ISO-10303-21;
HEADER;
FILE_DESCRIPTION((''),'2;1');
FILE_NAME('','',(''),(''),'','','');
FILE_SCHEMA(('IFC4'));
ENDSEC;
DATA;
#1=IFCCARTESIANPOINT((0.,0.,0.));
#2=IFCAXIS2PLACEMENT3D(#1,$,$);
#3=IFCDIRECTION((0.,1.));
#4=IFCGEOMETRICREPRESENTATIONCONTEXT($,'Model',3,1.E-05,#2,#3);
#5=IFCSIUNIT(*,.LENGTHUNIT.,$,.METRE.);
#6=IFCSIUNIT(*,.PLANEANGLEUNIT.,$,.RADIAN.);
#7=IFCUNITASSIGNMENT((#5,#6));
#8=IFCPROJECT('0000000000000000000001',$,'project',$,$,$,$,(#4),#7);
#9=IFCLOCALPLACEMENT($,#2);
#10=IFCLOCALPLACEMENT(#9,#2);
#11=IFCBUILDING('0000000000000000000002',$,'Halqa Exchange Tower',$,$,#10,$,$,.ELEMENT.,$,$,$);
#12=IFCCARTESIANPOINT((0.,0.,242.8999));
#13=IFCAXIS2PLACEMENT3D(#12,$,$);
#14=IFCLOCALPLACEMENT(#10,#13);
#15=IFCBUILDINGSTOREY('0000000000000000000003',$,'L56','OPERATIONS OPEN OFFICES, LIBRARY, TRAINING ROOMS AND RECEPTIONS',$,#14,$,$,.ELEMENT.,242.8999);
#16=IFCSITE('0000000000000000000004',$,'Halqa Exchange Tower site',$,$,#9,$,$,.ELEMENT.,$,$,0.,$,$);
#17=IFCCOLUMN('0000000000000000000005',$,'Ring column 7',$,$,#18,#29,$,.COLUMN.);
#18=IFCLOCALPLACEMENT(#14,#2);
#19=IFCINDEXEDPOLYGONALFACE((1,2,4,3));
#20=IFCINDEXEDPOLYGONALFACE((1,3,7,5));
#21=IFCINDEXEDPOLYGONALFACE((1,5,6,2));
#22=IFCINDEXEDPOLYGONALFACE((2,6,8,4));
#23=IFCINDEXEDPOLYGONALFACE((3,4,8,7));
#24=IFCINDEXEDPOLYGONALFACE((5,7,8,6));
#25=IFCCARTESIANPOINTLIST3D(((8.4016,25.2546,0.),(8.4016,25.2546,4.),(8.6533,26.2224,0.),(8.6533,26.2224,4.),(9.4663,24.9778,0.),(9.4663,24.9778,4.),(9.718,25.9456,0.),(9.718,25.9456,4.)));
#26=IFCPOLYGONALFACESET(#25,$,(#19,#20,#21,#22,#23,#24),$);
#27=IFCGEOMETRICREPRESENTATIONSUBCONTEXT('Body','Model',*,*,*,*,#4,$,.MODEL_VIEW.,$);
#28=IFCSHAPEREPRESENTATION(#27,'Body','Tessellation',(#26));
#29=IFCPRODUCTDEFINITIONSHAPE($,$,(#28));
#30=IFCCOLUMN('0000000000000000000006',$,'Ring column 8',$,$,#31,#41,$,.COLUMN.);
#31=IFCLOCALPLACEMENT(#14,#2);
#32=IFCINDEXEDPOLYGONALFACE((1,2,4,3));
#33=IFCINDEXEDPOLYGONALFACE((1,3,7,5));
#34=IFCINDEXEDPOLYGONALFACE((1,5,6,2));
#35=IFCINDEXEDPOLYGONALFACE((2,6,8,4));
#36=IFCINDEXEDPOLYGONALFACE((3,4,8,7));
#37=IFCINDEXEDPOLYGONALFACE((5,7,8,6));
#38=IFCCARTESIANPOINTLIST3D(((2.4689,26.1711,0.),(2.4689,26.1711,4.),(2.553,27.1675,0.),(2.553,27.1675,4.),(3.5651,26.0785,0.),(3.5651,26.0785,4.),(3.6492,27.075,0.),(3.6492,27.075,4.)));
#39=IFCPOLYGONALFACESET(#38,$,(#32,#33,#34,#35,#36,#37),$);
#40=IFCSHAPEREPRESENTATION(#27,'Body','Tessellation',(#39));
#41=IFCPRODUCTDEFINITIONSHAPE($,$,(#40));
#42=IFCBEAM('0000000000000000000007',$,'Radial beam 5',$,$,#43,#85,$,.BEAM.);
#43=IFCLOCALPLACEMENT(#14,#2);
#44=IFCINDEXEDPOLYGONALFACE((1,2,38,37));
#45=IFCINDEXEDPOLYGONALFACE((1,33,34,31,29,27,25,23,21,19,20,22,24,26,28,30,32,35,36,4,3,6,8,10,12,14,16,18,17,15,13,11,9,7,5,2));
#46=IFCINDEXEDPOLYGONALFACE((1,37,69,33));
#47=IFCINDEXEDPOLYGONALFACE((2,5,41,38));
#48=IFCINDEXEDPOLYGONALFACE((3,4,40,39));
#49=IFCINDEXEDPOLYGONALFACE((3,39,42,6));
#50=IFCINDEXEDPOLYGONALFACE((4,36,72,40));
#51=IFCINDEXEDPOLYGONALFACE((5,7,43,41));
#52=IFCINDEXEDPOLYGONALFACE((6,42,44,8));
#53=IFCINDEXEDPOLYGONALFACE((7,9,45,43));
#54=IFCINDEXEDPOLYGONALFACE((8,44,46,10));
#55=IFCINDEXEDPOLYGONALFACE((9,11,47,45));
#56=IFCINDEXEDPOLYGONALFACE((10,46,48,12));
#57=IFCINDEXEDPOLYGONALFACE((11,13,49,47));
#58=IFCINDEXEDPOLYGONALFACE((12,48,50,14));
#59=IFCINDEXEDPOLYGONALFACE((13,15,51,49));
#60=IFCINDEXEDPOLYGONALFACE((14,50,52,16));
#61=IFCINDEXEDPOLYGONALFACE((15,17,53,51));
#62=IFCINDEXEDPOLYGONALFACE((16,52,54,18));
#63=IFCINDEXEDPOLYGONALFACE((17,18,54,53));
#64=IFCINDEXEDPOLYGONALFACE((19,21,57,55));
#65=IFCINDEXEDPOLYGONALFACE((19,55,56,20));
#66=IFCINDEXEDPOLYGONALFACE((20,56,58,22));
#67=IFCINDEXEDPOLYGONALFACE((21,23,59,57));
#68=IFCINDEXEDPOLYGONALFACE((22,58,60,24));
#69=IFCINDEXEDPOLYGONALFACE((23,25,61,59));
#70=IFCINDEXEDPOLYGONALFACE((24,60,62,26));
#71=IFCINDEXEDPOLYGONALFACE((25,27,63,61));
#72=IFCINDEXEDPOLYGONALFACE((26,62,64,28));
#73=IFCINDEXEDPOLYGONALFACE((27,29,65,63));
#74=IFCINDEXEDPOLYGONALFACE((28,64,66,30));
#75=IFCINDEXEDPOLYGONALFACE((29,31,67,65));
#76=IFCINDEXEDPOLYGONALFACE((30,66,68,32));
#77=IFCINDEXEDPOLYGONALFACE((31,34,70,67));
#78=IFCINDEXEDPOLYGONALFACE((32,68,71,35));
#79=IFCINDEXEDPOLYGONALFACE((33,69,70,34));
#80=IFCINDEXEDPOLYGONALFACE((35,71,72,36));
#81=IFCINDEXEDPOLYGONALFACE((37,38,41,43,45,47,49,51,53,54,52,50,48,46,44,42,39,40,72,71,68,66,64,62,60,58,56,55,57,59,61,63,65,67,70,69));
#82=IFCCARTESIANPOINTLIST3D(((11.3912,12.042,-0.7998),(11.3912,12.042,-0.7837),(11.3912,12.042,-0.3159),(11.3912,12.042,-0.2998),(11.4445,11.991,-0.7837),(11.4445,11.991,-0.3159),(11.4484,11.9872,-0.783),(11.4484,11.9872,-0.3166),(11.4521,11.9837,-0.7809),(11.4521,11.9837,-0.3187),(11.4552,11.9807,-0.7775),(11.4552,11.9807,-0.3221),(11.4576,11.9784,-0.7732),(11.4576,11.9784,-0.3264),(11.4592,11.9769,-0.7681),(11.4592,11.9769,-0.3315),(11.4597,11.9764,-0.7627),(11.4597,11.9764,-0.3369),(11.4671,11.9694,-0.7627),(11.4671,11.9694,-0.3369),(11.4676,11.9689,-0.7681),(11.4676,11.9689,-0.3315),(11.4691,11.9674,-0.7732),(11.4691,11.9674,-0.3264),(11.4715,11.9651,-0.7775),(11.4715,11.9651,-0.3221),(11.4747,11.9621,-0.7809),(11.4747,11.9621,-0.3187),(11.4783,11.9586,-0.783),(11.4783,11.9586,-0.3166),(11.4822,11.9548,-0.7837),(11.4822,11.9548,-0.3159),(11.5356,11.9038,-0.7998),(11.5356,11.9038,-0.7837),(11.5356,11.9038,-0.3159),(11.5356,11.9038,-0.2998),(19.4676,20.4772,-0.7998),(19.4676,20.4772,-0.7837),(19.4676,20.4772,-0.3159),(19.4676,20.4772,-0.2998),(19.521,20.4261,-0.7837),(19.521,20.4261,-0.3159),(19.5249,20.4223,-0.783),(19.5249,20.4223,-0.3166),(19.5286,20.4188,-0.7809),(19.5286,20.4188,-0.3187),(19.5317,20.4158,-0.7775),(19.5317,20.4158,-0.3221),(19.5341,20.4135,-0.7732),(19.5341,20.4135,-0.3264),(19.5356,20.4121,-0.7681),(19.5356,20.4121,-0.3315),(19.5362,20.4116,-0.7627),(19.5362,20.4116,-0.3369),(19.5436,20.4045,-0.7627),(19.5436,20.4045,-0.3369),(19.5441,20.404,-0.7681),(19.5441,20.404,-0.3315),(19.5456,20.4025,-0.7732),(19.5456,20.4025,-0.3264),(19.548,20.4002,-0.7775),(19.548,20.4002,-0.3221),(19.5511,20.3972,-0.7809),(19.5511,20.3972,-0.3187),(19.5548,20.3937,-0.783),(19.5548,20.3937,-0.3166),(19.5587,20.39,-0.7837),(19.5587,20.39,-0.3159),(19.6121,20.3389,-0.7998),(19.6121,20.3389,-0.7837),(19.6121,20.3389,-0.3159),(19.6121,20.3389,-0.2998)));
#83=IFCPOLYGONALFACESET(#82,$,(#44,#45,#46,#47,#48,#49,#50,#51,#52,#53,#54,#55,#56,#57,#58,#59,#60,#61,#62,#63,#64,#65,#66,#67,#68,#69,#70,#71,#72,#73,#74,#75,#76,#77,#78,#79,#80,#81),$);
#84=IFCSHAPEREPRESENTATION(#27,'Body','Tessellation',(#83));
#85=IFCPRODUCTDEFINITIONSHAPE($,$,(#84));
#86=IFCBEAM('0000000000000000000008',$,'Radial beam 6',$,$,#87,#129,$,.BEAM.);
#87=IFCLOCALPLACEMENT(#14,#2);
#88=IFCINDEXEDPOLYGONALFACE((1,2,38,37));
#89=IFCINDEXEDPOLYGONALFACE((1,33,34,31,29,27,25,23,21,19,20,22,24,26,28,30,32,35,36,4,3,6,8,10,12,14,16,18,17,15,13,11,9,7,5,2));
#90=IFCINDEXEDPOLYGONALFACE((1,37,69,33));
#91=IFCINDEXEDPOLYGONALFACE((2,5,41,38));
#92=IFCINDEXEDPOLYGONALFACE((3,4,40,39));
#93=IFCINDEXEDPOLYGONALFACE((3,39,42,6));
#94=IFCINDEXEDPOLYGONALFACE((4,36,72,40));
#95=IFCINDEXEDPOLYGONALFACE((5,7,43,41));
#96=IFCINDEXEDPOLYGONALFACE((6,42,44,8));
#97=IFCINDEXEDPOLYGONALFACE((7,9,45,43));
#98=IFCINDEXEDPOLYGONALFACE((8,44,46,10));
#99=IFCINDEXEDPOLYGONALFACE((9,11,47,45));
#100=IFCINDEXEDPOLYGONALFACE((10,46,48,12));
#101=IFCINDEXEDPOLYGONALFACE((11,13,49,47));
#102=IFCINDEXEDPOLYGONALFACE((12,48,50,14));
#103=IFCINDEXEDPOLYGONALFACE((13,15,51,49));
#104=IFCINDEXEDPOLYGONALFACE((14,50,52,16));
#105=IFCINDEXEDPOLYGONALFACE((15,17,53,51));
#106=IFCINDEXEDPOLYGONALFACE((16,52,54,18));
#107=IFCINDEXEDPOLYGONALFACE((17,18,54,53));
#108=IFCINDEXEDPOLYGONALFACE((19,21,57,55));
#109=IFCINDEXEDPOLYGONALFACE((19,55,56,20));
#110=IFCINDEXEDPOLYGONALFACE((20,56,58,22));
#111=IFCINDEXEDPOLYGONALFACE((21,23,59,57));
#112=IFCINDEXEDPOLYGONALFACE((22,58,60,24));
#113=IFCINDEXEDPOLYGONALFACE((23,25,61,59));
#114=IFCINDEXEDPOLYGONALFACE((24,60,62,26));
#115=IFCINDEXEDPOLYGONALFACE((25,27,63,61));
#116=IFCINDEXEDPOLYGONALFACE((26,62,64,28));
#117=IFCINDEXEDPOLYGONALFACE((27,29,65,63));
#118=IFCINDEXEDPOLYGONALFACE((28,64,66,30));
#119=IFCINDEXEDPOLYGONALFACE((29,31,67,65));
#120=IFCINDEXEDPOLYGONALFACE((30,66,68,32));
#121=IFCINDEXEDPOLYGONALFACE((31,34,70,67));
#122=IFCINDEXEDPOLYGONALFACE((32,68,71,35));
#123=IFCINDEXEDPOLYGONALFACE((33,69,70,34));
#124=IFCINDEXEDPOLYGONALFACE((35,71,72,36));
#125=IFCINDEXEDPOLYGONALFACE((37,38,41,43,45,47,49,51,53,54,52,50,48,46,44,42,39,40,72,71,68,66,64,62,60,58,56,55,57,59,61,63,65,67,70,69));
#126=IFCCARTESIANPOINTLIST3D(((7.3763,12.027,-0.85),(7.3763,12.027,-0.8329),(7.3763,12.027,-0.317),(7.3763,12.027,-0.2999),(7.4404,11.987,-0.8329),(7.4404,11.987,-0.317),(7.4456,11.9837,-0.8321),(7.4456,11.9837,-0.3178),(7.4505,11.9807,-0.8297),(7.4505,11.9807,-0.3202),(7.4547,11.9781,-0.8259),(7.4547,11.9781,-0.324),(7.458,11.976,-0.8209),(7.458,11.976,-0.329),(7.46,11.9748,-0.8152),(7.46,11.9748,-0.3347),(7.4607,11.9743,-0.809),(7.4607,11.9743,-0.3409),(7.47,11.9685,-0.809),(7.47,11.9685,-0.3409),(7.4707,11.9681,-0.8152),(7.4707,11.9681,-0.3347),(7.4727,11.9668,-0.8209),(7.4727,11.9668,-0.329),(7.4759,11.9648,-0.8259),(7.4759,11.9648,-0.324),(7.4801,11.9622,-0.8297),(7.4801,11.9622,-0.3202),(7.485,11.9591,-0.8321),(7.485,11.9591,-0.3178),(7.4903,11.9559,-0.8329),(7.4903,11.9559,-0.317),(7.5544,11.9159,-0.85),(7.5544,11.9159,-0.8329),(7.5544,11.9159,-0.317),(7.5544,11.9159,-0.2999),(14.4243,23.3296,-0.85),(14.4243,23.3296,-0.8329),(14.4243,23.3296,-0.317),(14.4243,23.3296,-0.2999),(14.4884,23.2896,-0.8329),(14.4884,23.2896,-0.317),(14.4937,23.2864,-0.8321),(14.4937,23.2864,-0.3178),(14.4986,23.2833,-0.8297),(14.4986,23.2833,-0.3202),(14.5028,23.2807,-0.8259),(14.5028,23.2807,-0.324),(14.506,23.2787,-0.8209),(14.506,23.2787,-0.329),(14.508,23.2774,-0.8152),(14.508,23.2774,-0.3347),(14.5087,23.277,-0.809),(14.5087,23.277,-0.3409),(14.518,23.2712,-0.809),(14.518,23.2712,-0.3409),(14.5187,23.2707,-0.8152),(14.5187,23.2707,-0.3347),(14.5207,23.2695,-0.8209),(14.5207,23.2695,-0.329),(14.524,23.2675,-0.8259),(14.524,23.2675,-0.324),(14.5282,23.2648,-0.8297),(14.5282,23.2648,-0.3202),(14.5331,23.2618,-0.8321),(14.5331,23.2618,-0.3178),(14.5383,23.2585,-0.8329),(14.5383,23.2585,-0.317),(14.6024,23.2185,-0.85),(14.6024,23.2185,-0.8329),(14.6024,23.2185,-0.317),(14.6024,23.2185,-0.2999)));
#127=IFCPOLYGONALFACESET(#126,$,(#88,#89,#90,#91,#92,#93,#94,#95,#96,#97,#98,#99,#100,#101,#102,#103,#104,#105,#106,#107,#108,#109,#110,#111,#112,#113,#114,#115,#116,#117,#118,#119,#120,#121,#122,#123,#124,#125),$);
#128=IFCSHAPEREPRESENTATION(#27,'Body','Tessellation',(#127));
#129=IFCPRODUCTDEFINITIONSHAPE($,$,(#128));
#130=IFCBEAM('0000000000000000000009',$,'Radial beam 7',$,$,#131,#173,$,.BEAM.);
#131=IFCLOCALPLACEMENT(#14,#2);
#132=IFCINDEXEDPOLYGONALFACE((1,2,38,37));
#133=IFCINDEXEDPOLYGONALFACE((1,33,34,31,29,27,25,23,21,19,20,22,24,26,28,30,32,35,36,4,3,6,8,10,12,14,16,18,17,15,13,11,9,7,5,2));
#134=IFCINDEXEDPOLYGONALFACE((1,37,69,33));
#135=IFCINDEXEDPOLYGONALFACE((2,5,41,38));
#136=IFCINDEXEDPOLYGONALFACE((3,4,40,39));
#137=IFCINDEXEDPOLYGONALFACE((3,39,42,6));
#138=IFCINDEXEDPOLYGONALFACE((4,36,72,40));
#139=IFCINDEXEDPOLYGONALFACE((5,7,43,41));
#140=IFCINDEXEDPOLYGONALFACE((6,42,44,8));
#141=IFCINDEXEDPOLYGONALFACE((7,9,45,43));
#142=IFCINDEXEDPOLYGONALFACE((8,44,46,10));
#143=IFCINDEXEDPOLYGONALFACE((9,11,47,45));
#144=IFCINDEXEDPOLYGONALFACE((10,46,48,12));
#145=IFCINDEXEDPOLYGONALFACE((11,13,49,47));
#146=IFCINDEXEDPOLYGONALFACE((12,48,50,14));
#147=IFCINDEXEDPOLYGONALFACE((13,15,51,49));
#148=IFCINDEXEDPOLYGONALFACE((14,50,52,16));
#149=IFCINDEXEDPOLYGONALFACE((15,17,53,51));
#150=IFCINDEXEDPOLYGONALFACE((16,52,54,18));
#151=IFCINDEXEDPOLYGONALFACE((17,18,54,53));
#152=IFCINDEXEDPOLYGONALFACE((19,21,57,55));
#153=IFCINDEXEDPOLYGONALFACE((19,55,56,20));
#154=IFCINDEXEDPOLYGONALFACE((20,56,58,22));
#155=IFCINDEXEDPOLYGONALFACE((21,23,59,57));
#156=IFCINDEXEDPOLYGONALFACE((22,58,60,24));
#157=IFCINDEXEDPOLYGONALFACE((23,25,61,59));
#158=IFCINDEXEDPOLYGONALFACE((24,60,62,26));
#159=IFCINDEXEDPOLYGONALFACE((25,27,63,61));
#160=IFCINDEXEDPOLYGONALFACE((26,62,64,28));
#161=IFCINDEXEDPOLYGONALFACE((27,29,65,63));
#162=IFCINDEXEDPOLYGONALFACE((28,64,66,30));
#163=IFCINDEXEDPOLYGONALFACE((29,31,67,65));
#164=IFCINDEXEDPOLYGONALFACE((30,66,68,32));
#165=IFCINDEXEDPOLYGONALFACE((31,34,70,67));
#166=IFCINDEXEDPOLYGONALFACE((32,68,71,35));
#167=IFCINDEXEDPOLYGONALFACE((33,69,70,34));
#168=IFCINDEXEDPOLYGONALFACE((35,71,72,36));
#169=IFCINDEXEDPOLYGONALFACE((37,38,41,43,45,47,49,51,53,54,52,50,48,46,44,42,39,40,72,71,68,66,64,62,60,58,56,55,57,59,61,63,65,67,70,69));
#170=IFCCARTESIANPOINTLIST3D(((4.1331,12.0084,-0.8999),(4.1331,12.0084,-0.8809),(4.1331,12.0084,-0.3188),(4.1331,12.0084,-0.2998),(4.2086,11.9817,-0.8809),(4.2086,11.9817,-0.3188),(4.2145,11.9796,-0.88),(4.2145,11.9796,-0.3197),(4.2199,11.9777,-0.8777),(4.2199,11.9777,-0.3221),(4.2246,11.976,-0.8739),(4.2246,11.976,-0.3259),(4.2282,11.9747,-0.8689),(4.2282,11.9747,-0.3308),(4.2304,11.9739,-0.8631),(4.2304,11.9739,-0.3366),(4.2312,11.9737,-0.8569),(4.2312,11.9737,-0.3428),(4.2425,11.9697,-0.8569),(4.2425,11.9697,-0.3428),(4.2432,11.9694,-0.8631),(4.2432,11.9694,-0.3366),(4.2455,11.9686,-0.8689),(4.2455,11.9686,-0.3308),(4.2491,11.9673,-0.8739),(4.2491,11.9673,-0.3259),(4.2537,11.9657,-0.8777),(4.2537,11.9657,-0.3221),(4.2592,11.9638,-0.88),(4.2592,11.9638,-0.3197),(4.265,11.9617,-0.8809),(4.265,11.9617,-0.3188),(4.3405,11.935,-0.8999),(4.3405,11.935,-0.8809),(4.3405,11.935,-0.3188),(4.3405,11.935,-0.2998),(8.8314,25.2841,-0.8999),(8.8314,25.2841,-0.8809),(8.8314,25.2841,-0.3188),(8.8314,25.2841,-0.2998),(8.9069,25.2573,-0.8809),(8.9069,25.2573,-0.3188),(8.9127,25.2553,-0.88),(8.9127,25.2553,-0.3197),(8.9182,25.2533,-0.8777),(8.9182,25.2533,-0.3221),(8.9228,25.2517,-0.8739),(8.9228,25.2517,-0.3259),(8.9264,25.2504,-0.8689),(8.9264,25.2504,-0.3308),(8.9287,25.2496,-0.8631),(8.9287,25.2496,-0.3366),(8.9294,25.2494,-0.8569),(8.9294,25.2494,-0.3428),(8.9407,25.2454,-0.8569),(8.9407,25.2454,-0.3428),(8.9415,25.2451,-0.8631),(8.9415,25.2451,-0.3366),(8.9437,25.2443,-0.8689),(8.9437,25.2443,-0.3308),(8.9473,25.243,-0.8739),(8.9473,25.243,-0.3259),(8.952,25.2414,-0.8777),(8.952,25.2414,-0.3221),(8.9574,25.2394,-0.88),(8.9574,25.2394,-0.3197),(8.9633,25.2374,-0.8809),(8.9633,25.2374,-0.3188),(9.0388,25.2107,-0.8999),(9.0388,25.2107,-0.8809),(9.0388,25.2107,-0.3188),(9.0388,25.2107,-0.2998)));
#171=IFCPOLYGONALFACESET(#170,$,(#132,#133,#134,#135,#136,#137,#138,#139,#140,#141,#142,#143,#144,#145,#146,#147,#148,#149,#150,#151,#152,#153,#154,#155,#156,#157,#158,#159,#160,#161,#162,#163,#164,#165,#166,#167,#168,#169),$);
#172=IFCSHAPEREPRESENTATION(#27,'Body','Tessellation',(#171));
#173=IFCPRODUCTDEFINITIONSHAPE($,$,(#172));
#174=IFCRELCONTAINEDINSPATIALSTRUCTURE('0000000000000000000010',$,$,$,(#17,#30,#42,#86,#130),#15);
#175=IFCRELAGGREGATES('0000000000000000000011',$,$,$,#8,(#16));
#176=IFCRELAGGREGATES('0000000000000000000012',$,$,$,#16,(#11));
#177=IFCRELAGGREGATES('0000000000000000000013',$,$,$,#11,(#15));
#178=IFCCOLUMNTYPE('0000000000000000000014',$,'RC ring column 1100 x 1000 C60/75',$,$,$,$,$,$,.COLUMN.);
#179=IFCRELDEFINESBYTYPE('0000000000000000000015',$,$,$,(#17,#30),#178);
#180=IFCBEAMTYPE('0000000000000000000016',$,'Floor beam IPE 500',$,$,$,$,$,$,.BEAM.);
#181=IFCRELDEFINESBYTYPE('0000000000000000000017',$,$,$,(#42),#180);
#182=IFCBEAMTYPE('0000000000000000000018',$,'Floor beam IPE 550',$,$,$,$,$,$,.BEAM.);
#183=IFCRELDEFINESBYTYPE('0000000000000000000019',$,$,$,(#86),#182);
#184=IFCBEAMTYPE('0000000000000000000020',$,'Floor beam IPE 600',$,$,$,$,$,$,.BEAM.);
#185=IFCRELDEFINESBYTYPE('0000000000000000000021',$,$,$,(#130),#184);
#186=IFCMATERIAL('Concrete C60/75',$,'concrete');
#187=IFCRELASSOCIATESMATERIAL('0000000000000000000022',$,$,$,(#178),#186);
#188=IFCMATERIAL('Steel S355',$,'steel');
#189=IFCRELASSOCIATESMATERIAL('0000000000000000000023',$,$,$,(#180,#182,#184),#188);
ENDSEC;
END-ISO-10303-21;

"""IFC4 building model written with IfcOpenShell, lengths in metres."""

from ifc_helpers import new_model, si_unit, direction, frame, origin, origin_2d, place, context, subcontext, project, spatial, rectangle, i_section, extrude, material, material_profile, profile_set, type_object, element, save


model = new_model("IFC4")

# Units and contexts
model_context = context("Model", 3, precision=1e-05, world=origin(), true_north=direction((0.0, 1.0)))
body_context = subcontext(model_context, "Body", "Model", "MODEL_VIEW")
ifc_project = project(units=[si_unit("LENGTHUNIT", "METRE"), si_unit("PLANEANGLEUNIT", "RADIAN")], contexts=[model_context])

# Site, building, storey
site_placement = place(None, origin())
site = spatial("IfcSite", under=ifc_project, at=site_placement, Name="Halqa Exchange Tower site", CompositionType="ELEMENT", RefElevation=0.0)
building_placement = place(site_placement, origin())
building = spatial("IfcBuilding", under=site, at=building_placement, Name="Halqa Exchange Tower", CompositionType="ELEMENT")
storey_placement = place(building_placement, frame((0.0, 0.0, 242.8999)))
storey = spatial("IfcBuildingStorey", under=building, at=storey_placement, Name="L56", Description="OPERATIONS OPEN OFFICES, LIBRARY, TRAINING ROOMS AND RECEPTIONS", CompositionType="ELEMENT", Elevation=242.8999)

# Columns
ifc_material_1 = material(Name="Concrete C60/75", Category="concrete")
ifc_material_profile_1 = material_profile(ifc_material_1, rectangle(XDim=1.1001, YDim=1.0, at=origin_2d()), Name="1100 x 1000")
ifc_profile_set_1 = profile_set([ifc_material_profile_1], Name="Concrete C60/75")
column_type = type_object("IfcColumnType", Name="RC ring column 1100 x 1000 C60/75", PredefinedType="COLUMN", material=ifc_profile_set_1)
for number, where, z_axis, x_axis, name in (
    (1, (9.0598, 25.6001, 0.0), (0.0, 0.0, 1.0), (-0.96782, 0.251645, 0.0), "Ring column 7"),
    (2, (3.0591, 26.623, 0.0), (0.0, 0.0, 1.0), (-0.996456, 0.084121, 0.0), "Ring column 8"),
):
    element("IfcColumn", number, at=place(storey_placement, frame(where, z_axis=z_axis, x_axis=x_axis)), inside=storey, type_object=column_type, Name=name, PredefinedType="COLUMN", context=body_context, shape_type="SweptSolid", body=[
        extrude(rectangle(XDim=1.1001, YDim=1.0, at=origin_2d()), origin(), (0.0, 0.0, 1.0), 4.0),
    ])

# Beams
ifc_material_2 = material(Name="Steel S355", Category="steel")
ifc_material_profile_2 = material_profile(ifc_material_2, i_section(OverallWidth=0.2, OverallDepth=0.5, WebThickness=0.0103, FlangeThickness=0.0161, FilletRadius=0.021, at=origin_2d()), Name="IPE 500")
ifc_profile_set_2 = profile_set([ifc_material_profile_2], Name="Steel S355")
beam_type_1 = type_object("IfcBeamType", Name="Floor beam IPE 500", PredefinedType="BEAM", material=ifc_profile_set_2)
beam_1_placement = place(storey_placement, frame((11.4634, 11.9729, -0.5498), z_axis=(0.691585, 0.722295, 0.0), x_axis=(-0.722295, 0.691585, 0.0)))
element("IfcBeam", 3, at=beam_1_placement, inside=storey, type_object=beam_type_1, Name="Radial beam 5", PredefinedType="BEAM", context=body_context, shape_type="SweptSolid", body=[
    extrude(i_section(OverallWidth=0.2, OverallDepth=0.5, WebThickness=0.0103, FlangeThickness=0.0161, FilletRadius=0.021, at=origin_2d()), origin(), (0.0, 0.0, 1.0), 11.6782),
])
ifc_material_profile_3 = material_profile(ifc_material_2, i_section(OverallWidth=0.21, OverallDepth=0.55, WebThickness=0.011, FlangeThickness=0.0171, FilletRadius=0.0239, at=origin_2d()), Name="IPE 550")
ifc_profile_set_3 = profile_set([ifc_material_profile_3], Name="Steel S355")
beam_type_2 = type_object("IfcBeamType", Name="Floor beam IPE 550", PredefinedType="BEAM", material=ifc_profile_set_3)
beam_2_placement = place(storey_placement, frame((7.4653, 11.9714, -0.575), z_axis=(0.529129, 0.848542, 0.0), x_axis=(-0.848542, 0.529129, 0.0)))
element("IfcBeam", 4, at=beam_2_placement, inside=storey, type_object=beam_type_2, Name="Radial beam 6", PredefinedType="BEAM", context=body_context, shape_type="SweptSolid", body=[
    extrude(i_section(OverallWidth=0.21, OverallDepth=0.55, WebThickness=0.011, FlangeThickness=0.0171, FilletRadius=0.0239, at=origin_2d()), origin(), (0.0, 0.0, 1.0), 13.3201),
])
ifc_material_profile_4 = material_profile(ifc_material_2, i_section(OverallWidth=0.22, OverallDepth=0.6001, WebThickness=0.012, FlangeThickness=0.019, FilletRadius=0.0239, at=origin_2d()), Name="IPE 600")
ifc_profile_set_4 = profile_set([ifc_material_profile_4], Name="Steel S355")
beam_type_3 = type_object("IfcBeamType", Name="Floor beam IPE 600", PredefinedType="BEAM", material=ifc_profile_set_4)
beam_3_placement = place(storey_placement, frame((4.2368, 11.9717, -0.5999), z_axis=(0.333623, 0.942706, 0.0), x_axis=(-0.942706, 0.333623, 0.0)))
element("IfcBeam", 5, at=beam_3_placement, inside=storey, type_object=beam_type_3, Name="Radial beam 7", PredefinedType="BEAM", context=body_context, shape_type="SweptSolid", body=[
    extrude(i_section(OverallWidth=0.22, OverallDepth=0.6001, WebThickness=0.012, FlangeThickness=0.019, FilletRadius=0.0239, at=origin_2d()), origin(), (0.0, 0.0, 1.0), 14.0825),
])

save(model, "model.ifc")
